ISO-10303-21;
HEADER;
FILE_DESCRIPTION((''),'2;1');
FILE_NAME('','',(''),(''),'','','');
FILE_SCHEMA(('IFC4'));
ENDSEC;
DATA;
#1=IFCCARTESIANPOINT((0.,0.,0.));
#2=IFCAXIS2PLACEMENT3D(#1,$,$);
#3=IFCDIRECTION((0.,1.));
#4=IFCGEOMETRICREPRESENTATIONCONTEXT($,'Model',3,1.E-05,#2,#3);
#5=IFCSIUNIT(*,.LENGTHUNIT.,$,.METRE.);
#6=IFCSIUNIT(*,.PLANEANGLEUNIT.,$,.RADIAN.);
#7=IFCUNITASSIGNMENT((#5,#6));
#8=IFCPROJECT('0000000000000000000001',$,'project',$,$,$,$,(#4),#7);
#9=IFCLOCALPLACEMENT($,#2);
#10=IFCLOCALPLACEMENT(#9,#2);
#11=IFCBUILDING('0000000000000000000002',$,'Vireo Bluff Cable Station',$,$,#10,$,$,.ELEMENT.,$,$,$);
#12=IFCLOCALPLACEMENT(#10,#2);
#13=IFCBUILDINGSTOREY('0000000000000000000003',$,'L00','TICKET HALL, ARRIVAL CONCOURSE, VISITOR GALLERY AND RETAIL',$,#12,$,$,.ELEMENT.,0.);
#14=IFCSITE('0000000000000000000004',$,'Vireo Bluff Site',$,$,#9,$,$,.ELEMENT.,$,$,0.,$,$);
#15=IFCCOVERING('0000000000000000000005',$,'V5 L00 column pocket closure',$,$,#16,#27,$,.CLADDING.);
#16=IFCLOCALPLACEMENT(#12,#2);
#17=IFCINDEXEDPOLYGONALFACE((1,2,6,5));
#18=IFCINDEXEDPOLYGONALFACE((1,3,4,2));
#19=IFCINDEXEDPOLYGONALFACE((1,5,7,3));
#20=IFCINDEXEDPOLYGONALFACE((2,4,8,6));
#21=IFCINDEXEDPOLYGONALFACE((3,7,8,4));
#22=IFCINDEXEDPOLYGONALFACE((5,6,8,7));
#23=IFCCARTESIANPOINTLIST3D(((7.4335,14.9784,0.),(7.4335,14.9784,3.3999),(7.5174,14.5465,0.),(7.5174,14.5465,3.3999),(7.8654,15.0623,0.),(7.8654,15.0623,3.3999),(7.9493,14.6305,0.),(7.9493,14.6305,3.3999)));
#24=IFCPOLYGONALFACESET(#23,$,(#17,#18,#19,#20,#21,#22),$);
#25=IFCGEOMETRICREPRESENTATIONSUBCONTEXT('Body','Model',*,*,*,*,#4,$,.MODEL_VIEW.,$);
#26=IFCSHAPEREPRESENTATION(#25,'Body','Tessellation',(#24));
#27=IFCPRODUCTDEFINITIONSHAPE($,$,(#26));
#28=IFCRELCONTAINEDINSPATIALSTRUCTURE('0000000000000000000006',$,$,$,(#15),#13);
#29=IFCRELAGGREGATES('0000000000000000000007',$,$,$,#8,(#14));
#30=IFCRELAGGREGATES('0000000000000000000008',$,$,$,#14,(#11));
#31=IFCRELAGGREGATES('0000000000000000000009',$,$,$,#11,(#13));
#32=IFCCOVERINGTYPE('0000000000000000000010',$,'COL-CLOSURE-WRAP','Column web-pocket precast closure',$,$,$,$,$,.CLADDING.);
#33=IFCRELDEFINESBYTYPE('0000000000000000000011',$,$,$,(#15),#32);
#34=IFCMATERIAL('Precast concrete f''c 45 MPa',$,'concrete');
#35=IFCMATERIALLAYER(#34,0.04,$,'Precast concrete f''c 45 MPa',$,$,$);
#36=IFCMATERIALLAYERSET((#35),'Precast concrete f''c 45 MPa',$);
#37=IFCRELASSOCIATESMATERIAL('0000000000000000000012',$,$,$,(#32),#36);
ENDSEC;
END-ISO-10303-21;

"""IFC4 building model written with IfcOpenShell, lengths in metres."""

from ifc_helpers import new_model, si_unit, direction, frame, origin, origin_2d, place, context, subcontext, project, spatial, rectangle, extrude, material, layer, layer_set, type_object, element, save


model = new_model("IFC4")

# Units and contexts
model_context = context("Model", 3, precision=1e-05, world=origin(), true_north=direction((0.0, 1.0)))
body_context = subcontext(model_context, "Body", "Model", "MODEL_VIEW")
ifc_project = project(units=[si_unit("LENGTHUNIT", "METRE"), si_unit("PLANEANGLEUNIT", "RADIAN")], contexts=[model_context])

# Site, building, storey
site_placement = place(None, origin())
site = spatial("IfcSite", under=ifc_project, at=site_placement, Name="Vireo Bluff Site", CompositionType="ELEMENT", RefElevation=0.0)
building_placement = place(site_placement, origin())
building = spatial("IfcBuilding", under=site, at=building_placement, Name="Vireo Bluff Cable Station", CompositionType="ELEMENT")
storey_placement = place(building_placement, origin())
storey = spatial("IfcBuildingStorey", under=building, at=storey_placement, Name="L00", Description="TICKET HALL, ARRIVAL CONCOURSE, VISITOR GALLERY AND RETAIL", CompositionType="ELEMENT", Elevation=0.0)

# Shared definitions
ifc_material_1 = material(Name="Precast concrete f'c 45 MPa", Category="concrete")

# Covering
ifc_layer_1 = layer(ifc_material_1, 0.04, Name="Precast concrete f'c 45 MPa")
ifc_layer_set_1 = layer_set([ifc_layer_1], Name="Precast concrete f'c 45 MPa")
covering_type = type_object("IfcCoveringType", Name="COL-CLOSURE-WRAP", Description="Column web-pocket precast closure", PredefinedType="CLADDING", material=ifc_layer_set_1)
covering_placement = place(storey_placement, frame((7.6914, 14.8044, 0.0), z_axis=(0.0, 0.0, 1.0), x_axis=(0.981627, 0.190809, 0.0)))
element("IfcCovering", 1, at=covering_placement, inside=storey, type_object=covering_type, Name="V5 L00 column pocket closure", PredefinedType="CLADDING", context=body_context, shape_type="SweptSolid", body=[
    extrude(rectangle(XDim=0.4399, YDim=0.4399, at=origin_2d()), origin(), (0.0, 0.0, 1.0), 3.3999),
])

save(model, "model.ifc")
